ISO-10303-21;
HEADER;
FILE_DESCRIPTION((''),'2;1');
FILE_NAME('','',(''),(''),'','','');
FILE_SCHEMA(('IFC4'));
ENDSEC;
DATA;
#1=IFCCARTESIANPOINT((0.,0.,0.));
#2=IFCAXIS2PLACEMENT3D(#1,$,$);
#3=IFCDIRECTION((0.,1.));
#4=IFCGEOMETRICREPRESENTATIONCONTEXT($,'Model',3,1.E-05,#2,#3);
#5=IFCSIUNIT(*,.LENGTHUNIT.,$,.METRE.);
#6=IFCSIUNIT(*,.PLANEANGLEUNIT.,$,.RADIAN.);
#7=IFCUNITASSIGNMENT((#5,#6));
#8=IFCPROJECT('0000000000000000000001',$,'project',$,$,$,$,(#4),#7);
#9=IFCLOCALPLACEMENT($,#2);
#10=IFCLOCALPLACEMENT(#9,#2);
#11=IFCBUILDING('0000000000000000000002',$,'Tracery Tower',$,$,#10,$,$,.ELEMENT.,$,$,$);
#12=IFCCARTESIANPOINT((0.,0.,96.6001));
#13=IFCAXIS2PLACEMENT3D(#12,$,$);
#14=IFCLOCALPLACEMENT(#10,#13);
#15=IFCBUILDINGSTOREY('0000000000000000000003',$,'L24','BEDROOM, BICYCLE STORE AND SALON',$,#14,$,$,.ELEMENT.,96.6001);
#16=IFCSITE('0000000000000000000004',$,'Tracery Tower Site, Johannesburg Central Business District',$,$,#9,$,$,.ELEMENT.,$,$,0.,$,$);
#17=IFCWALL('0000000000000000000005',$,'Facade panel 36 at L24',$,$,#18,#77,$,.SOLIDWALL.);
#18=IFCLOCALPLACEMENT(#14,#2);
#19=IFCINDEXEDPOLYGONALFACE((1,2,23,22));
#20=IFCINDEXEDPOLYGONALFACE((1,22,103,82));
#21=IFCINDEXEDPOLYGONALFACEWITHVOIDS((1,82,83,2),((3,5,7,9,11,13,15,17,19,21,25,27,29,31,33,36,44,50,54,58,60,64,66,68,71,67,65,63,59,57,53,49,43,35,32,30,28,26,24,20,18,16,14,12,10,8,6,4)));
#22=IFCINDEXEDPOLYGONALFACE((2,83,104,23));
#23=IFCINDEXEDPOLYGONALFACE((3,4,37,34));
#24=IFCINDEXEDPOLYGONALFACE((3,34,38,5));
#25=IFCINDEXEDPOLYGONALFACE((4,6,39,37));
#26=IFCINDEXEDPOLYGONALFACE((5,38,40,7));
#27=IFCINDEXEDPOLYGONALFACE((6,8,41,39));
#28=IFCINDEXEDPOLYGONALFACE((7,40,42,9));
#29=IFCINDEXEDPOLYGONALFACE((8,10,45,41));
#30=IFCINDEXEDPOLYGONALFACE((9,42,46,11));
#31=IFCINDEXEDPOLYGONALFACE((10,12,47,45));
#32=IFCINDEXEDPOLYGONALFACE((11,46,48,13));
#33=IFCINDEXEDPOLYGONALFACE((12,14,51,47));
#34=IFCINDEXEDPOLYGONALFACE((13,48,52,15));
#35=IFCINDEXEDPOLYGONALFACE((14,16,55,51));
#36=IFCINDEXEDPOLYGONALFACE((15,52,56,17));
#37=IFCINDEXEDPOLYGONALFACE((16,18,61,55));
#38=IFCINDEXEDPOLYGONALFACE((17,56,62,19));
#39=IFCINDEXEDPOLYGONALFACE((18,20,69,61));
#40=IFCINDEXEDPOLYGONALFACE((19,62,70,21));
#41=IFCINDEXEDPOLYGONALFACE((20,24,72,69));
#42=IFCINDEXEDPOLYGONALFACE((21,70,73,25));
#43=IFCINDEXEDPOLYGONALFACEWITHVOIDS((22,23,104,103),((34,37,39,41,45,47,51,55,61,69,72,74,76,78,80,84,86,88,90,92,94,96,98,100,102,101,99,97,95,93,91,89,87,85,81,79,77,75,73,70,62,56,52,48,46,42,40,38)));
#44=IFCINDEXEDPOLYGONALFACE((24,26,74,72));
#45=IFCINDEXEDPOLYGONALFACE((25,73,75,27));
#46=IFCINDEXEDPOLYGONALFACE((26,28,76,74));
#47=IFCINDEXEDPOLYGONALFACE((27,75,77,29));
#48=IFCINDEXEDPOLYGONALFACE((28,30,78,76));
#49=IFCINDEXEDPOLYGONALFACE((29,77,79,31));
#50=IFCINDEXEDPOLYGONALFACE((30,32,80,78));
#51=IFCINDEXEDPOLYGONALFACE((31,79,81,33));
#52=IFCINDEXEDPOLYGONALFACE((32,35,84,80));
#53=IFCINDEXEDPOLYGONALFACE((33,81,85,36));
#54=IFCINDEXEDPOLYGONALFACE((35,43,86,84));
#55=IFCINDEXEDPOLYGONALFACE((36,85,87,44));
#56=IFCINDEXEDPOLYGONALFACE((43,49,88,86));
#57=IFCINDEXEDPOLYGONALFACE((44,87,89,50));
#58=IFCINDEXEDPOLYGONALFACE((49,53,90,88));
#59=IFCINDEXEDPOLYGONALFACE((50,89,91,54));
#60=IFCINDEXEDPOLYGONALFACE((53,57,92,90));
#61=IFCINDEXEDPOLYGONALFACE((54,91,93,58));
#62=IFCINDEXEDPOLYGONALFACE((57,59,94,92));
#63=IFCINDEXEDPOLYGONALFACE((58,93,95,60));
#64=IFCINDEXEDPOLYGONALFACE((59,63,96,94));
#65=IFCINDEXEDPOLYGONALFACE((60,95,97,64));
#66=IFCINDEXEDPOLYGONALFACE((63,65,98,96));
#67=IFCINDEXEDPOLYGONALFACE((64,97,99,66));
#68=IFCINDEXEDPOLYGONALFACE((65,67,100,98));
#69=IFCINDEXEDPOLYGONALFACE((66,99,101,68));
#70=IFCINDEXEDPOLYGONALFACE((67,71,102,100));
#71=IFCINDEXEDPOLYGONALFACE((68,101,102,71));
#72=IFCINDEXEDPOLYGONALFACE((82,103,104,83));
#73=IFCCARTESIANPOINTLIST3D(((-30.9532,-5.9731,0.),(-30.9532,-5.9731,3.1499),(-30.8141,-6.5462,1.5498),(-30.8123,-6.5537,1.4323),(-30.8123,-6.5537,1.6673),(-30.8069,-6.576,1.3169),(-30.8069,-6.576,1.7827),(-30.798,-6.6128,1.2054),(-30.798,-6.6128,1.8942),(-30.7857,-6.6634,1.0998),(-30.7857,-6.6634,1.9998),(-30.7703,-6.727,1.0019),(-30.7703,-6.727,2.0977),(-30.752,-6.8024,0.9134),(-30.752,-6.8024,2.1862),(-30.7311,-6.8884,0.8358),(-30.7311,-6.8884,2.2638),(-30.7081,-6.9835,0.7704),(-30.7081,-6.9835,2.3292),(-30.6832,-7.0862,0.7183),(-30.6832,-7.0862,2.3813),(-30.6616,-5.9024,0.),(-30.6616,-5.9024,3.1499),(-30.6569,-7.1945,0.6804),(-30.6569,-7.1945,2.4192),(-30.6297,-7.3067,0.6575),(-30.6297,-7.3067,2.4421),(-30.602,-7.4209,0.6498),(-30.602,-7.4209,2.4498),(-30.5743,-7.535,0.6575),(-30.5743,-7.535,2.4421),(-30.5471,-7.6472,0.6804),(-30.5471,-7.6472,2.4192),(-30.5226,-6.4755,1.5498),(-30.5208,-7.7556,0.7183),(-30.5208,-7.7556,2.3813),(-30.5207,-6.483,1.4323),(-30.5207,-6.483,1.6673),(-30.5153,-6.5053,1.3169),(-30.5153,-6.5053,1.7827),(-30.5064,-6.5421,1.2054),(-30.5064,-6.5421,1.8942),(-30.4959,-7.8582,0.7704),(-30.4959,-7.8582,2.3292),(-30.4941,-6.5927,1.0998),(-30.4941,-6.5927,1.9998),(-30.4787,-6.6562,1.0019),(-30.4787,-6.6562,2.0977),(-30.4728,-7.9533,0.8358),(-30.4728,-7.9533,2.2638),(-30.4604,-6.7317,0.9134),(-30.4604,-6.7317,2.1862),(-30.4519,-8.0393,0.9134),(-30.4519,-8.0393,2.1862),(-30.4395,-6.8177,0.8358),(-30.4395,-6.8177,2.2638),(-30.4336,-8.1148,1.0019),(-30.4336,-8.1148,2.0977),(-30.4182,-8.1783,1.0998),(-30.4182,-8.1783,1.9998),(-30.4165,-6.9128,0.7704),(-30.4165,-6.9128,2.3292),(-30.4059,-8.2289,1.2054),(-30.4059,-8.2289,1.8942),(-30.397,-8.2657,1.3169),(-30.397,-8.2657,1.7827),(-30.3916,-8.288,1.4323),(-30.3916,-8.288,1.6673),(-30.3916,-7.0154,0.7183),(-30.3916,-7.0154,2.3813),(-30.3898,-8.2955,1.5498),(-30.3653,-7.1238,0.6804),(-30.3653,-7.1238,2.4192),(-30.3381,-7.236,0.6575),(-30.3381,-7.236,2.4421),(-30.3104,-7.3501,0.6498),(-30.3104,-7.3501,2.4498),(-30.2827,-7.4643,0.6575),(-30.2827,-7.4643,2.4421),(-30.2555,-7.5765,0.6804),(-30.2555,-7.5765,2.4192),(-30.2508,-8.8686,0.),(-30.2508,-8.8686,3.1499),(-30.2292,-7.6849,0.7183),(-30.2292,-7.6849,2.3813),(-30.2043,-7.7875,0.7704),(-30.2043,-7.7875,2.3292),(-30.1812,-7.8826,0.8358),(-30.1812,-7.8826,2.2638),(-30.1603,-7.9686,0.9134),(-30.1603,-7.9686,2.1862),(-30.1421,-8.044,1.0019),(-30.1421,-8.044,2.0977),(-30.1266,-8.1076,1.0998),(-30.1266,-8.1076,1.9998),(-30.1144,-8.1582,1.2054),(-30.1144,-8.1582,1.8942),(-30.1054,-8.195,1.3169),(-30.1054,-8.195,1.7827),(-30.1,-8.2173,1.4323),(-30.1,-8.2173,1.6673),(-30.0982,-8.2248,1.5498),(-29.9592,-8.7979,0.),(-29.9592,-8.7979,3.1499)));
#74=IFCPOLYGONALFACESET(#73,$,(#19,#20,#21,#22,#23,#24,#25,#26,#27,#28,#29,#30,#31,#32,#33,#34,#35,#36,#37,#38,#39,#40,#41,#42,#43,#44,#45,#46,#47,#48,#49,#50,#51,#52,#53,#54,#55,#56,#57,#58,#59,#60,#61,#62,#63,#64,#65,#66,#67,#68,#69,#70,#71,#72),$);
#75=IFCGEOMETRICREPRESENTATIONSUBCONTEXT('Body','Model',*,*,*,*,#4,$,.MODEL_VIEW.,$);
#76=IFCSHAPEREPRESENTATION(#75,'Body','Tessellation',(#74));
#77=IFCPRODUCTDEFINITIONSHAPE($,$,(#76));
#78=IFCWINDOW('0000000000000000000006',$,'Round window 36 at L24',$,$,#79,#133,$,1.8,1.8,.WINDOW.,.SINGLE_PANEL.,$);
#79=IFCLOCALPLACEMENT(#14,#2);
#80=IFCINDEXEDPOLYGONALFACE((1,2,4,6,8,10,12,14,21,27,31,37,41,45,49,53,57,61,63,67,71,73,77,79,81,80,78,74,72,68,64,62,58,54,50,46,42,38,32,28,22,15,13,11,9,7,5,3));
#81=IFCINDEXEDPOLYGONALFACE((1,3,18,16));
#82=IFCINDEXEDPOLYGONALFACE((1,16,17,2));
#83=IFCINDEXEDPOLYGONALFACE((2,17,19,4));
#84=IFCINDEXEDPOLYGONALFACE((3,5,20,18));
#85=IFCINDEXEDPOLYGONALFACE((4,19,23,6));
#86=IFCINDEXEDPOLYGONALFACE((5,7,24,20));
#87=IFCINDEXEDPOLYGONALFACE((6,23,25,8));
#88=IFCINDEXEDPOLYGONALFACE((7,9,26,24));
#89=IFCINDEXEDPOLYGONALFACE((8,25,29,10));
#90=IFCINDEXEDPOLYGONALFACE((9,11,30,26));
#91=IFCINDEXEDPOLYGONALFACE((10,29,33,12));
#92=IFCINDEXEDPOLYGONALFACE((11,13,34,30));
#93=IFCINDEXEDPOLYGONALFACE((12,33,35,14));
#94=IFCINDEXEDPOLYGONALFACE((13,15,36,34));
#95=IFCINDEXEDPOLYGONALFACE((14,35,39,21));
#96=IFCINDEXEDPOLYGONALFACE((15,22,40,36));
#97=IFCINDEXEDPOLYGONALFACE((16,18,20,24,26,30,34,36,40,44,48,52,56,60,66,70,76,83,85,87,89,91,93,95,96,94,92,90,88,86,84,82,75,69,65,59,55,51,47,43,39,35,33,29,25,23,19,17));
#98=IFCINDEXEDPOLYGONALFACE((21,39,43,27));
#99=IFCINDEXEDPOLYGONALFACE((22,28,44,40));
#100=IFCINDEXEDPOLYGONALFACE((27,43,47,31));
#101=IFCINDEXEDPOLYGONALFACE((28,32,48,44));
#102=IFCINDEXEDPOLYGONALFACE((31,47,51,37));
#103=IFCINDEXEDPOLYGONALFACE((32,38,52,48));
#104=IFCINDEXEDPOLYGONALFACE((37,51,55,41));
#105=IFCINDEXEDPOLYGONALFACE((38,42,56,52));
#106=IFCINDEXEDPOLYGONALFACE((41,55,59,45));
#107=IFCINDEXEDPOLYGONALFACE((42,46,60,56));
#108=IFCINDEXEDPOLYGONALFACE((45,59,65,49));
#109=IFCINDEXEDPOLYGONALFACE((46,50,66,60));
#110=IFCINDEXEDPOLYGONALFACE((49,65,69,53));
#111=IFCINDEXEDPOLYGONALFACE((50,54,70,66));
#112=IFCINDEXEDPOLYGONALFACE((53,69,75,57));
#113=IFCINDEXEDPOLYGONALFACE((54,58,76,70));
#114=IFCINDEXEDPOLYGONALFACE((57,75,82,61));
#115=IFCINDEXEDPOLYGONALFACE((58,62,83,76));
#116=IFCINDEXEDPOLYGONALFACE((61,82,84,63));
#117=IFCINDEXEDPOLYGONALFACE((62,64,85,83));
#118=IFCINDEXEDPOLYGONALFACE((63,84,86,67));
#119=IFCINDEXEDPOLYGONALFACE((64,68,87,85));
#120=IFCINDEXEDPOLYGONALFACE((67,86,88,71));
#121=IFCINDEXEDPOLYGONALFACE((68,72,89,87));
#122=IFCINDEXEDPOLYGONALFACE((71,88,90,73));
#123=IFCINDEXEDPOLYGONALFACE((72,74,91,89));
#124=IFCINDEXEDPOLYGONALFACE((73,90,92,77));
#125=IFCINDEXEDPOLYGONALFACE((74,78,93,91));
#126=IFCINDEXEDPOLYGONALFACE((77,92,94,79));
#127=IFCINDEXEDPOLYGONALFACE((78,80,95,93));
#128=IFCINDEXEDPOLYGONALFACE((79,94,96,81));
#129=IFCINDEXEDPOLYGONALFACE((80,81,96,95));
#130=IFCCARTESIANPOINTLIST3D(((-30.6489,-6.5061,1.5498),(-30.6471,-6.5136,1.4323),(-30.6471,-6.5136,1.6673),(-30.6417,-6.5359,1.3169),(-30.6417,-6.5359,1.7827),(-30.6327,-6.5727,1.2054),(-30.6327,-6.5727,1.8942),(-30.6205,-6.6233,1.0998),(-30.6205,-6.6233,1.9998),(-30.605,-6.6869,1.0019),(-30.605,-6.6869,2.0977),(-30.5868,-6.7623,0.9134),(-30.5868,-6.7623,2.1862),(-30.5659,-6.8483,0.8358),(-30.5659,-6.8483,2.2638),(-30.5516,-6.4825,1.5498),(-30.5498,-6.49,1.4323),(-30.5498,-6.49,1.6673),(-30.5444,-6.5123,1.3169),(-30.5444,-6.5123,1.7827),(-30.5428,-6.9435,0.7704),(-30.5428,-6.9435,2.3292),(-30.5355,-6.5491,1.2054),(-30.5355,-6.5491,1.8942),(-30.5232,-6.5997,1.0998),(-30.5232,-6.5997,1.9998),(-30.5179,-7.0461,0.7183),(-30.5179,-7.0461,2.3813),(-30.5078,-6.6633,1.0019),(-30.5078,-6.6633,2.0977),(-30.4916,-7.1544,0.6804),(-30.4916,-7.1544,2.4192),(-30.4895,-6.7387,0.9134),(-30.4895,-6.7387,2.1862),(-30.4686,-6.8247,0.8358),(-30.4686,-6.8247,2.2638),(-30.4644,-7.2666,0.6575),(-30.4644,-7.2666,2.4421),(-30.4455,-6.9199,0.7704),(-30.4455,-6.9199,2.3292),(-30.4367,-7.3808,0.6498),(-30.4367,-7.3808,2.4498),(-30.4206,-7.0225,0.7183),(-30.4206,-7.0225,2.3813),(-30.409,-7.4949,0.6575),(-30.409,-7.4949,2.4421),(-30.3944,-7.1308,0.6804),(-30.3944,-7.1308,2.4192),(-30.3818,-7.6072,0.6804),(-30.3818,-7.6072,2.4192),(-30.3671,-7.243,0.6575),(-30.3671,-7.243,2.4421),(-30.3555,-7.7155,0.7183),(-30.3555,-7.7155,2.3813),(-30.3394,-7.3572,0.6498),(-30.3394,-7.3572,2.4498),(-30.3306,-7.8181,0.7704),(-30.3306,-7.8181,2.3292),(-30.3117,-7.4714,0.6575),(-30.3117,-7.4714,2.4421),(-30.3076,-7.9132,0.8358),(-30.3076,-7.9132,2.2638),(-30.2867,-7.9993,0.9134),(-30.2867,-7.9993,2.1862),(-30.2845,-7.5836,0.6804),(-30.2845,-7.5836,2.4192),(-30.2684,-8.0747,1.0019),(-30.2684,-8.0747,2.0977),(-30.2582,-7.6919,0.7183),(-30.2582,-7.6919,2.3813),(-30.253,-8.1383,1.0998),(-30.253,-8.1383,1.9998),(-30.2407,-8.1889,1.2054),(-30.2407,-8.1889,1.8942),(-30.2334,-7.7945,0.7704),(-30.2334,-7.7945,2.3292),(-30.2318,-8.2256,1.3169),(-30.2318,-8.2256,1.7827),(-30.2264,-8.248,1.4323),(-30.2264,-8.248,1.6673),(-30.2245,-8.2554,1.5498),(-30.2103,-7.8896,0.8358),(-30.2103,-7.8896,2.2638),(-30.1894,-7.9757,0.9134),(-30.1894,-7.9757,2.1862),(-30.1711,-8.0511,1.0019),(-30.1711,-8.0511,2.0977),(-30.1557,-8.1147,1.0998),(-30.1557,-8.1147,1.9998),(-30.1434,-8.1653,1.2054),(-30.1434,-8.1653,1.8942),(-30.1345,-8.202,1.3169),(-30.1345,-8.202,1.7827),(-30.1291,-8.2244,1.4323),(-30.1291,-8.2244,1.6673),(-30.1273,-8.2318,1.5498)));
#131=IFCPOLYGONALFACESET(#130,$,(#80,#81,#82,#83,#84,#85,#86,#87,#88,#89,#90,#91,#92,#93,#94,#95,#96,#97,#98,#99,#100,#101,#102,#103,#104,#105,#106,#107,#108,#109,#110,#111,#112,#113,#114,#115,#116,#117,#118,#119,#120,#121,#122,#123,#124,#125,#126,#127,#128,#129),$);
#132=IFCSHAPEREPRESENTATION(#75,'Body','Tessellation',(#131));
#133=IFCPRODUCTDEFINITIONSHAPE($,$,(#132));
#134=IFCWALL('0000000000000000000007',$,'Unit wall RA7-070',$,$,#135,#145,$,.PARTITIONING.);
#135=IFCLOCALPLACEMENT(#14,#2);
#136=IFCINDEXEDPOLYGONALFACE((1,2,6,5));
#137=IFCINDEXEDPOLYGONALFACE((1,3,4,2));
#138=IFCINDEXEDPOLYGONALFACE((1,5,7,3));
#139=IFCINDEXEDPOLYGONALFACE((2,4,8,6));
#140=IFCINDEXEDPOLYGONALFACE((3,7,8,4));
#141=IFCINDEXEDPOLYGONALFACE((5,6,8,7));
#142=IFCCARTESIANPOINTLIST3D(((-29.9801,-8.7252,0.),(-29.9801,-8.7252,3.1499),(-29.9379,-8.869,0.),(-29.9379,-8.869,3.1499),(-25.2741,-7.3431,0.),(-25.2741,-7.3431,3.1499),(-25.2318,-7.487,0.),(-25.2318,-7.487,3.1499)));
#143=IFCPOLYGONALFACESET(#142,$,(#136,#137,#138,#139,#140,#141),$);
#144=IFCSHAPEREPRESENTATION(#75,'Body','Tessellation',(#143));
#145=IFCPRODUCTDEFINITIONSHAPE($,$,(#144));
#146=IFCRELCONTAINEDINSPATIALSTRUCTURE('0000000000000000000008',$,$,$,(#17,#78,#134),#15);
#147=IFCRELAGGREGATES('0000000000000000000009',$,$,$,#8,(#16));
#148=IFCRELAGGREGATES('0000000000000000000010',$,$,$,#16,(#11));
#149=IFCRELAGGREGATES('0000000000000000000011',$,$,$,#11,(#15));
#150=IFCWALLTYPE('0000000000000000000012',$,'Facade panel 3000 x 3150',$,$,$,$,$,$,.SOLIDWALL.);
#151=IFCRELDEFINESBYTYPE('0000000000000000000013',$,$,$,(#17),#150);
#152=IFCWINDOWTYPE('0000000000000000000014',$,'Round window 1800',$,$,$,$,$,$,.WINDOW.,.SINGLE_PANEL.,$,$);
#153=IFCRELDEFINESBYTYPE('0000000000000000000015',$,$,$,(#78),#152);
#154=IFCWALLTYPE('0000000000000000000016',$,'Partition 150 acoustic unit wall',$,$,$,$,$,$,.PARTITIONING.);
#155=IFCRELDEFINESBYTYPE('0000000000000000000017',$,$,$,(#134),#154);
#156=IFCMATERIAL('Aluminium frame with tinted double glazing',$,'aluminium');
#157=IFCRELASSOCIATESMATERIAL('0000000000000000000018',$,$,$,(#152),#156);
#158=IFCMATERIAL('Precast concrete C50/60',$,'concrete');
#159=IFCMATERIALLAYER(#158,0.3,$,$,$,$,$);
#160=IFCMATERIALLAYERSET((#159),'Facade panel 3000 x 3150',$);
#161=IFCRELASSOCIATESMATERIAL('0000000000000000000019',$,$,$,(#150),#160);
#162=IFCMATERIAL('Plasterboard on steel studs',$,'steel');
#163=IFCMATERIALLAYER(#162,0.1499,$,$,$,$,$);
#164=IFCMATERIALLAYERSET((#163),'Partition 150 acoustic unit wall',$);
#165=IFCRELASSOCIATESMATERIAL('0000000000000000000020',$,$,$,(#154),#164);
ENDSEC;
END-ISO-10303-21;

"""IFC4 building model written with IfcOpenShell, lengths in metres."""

from ifc_helpers import new_model, si_unit, direction, frame, frame_2d, origin, origin_2d, place, context, subcontext, project, spatial, rectangle, circle, extrude, material, layer, layer_set, type_object, element, fill, save


model = new_model("IFC4")

# Units and contexts
model_context = context("Model", 3, precision=1e-05, world=origin(), true_north=direction((0.0, 1.0)))
body_context = subcontext(model_context, "Body", "Model", "MODEL_VIEW")
ifc_project = project(units=[si_unit("LENGTHUNIT", "METRE"), si_unit("PLANEANGLEUNIT", "RADIAN")], contexts=[model_context])

# Site, building, storey
site_placement = place(None, origin())
site = spatial("IfcSite", under=ifc_project, at=site_placement, Name="Tracery Tower Site, Johannesburg Central Business District", CompositionType="ELEMENT", RefElevation=0.0)
building_placement = place(site_placement, origin())
building = spatial("IfcBuilding", under=site, at=building_placement, Name="Tracery Tower", CompositionType="ELEMENT")
storey_placement = place(building_placement, frame((0.0, 0.0, 96.6001)))
storey = spatial("IfcBuildingStorey", under=building, at=storey_placement, Name="L24", Description="BEDROOM, BICYCLE STORE AND SALON", CompositionType="ELEMENT", Elevation=96.6001)

# Wall, opening, window
ifc_material_1 = material(Name="Aluminium frame with tinted double glazing", Category="aluminium")
window_type = type_object("IfcWindowType", Name="Round window 1800", PartitioningType="SINGLE_PANEL", PredefinedType="WINDOW", material=ifc_material_1)
ifc_material_2 = material(Name="Precast concrete C50/60", Category="concrete")
ifc_layer_1 = layer(ifc_material_2, 0.3)
ifc_layer_set_1 = layer_set([ifc_layer_1], Name="Facade panel 3000 x 3150")
wall_type_1 = type_object("IfcWallType", Name="Facade panel 3000 x 3150", PredefinedType="SOLIDWALL", material=ifc_layer_set_1)
wall_1_placement = place(storey_placement, frame((-30.8074, -5.9377, 0.0), z_axis=(0.0, 0.0, 1.0), x_axis=(0.235743, -0.971815, 0.0)))
wall_1 = element("IfcWall", 1, at=wall_1_placement, inside=storey, type_object=wall_type_1, Name="Facade panel 36 at L24", PredefinedType="SOLIDWALL", context=body_context, shape_type="SweptSolid", body=[
    extrude(rectangle(XDim=2.9795, YDim=0.3, at=frame_2d((1.4897, 0.0))), origin(), (0.0, 0.0, 1.0), 3.1499),
])
opening_1_placement = place(wall_1_placement, frame((1.4897, 0.0, 1.5498)))
opening_1 = element("IfcOpeningElement", 2, at=opening_1_placement, cuts=wall_1, PredefinedType="OPENING", context=body_context, shape_type="SweptSolid", body=[
    extrude(circle(Radius=0.9, at=origin_2d()), frame((0.0, 0.1599, 0.0), z_axis=(0.0, -1.0, 0.0), x_axis=(1.0, 0.0, 0.0)), (0.0, 0.0, 1.0), 0.3201),
])
window_1_placement = place(opening_1_placement, origin())
window_1 = element("IfcWindow", 3, at=window_1_placement, inside=storey, type_object=window_type, Name="Round window 36 at L24", OverallHeight=1.8, OverallWidth=1.8, PartitioningType="SINGLE_PANEL", PredefinedType="WINDOW", context=body_context, shape_type="SweptSolid", body=[
    extrude(circle(Radius=0.9, at=origin_2d()), frame((0.0, 0.1201, 0.0), z_axis=(0.0, -1.0, 0.0), x_axis=(1.0, 0.0, 0.0)), (0.0, 0.0, 1.0), 0.1001),
])
fill(opening_1, window_1)

# Wall
ifc_material_3 = material(Name="Plasterboard on steel studs", Category="steel")
ifc_layer_2 = layer(ifc_material_3, 0.1499)
ifc_layer_set_2 = layer_set([ifc_layer_2], Name="Partition 150 acoustic unit wall")
wall_type_2 = type_object("IfcWallType", Name="Partition 150 acoustic unit wall", PredefinedType="PARTITIONING", material=ifc_layer_set_2)
wall_2_placement = place(storey_placement, frame((-29.959, -8.7971, 0.0), z_axis=(0.0, 0.0, 1.0), x_axis=(0.959479, 0.281781, 0.0)))
element("IfcWall", 4, at=wall_2_placement, inside=storey, type_object=wall_type_2, Name="Unit wall RA7-070", PredefinedType="PARTITIONING", context=body_context, shape_type="SweptSolid", body=[
    extrude(rectangle(XDim=4.9048, YDim=0.1499, at=frame_2d((2.4524, 0.0))), origin(), (0.0, 0.0, 1.0), 3.1499),
])

save(model, "model.ifc")
